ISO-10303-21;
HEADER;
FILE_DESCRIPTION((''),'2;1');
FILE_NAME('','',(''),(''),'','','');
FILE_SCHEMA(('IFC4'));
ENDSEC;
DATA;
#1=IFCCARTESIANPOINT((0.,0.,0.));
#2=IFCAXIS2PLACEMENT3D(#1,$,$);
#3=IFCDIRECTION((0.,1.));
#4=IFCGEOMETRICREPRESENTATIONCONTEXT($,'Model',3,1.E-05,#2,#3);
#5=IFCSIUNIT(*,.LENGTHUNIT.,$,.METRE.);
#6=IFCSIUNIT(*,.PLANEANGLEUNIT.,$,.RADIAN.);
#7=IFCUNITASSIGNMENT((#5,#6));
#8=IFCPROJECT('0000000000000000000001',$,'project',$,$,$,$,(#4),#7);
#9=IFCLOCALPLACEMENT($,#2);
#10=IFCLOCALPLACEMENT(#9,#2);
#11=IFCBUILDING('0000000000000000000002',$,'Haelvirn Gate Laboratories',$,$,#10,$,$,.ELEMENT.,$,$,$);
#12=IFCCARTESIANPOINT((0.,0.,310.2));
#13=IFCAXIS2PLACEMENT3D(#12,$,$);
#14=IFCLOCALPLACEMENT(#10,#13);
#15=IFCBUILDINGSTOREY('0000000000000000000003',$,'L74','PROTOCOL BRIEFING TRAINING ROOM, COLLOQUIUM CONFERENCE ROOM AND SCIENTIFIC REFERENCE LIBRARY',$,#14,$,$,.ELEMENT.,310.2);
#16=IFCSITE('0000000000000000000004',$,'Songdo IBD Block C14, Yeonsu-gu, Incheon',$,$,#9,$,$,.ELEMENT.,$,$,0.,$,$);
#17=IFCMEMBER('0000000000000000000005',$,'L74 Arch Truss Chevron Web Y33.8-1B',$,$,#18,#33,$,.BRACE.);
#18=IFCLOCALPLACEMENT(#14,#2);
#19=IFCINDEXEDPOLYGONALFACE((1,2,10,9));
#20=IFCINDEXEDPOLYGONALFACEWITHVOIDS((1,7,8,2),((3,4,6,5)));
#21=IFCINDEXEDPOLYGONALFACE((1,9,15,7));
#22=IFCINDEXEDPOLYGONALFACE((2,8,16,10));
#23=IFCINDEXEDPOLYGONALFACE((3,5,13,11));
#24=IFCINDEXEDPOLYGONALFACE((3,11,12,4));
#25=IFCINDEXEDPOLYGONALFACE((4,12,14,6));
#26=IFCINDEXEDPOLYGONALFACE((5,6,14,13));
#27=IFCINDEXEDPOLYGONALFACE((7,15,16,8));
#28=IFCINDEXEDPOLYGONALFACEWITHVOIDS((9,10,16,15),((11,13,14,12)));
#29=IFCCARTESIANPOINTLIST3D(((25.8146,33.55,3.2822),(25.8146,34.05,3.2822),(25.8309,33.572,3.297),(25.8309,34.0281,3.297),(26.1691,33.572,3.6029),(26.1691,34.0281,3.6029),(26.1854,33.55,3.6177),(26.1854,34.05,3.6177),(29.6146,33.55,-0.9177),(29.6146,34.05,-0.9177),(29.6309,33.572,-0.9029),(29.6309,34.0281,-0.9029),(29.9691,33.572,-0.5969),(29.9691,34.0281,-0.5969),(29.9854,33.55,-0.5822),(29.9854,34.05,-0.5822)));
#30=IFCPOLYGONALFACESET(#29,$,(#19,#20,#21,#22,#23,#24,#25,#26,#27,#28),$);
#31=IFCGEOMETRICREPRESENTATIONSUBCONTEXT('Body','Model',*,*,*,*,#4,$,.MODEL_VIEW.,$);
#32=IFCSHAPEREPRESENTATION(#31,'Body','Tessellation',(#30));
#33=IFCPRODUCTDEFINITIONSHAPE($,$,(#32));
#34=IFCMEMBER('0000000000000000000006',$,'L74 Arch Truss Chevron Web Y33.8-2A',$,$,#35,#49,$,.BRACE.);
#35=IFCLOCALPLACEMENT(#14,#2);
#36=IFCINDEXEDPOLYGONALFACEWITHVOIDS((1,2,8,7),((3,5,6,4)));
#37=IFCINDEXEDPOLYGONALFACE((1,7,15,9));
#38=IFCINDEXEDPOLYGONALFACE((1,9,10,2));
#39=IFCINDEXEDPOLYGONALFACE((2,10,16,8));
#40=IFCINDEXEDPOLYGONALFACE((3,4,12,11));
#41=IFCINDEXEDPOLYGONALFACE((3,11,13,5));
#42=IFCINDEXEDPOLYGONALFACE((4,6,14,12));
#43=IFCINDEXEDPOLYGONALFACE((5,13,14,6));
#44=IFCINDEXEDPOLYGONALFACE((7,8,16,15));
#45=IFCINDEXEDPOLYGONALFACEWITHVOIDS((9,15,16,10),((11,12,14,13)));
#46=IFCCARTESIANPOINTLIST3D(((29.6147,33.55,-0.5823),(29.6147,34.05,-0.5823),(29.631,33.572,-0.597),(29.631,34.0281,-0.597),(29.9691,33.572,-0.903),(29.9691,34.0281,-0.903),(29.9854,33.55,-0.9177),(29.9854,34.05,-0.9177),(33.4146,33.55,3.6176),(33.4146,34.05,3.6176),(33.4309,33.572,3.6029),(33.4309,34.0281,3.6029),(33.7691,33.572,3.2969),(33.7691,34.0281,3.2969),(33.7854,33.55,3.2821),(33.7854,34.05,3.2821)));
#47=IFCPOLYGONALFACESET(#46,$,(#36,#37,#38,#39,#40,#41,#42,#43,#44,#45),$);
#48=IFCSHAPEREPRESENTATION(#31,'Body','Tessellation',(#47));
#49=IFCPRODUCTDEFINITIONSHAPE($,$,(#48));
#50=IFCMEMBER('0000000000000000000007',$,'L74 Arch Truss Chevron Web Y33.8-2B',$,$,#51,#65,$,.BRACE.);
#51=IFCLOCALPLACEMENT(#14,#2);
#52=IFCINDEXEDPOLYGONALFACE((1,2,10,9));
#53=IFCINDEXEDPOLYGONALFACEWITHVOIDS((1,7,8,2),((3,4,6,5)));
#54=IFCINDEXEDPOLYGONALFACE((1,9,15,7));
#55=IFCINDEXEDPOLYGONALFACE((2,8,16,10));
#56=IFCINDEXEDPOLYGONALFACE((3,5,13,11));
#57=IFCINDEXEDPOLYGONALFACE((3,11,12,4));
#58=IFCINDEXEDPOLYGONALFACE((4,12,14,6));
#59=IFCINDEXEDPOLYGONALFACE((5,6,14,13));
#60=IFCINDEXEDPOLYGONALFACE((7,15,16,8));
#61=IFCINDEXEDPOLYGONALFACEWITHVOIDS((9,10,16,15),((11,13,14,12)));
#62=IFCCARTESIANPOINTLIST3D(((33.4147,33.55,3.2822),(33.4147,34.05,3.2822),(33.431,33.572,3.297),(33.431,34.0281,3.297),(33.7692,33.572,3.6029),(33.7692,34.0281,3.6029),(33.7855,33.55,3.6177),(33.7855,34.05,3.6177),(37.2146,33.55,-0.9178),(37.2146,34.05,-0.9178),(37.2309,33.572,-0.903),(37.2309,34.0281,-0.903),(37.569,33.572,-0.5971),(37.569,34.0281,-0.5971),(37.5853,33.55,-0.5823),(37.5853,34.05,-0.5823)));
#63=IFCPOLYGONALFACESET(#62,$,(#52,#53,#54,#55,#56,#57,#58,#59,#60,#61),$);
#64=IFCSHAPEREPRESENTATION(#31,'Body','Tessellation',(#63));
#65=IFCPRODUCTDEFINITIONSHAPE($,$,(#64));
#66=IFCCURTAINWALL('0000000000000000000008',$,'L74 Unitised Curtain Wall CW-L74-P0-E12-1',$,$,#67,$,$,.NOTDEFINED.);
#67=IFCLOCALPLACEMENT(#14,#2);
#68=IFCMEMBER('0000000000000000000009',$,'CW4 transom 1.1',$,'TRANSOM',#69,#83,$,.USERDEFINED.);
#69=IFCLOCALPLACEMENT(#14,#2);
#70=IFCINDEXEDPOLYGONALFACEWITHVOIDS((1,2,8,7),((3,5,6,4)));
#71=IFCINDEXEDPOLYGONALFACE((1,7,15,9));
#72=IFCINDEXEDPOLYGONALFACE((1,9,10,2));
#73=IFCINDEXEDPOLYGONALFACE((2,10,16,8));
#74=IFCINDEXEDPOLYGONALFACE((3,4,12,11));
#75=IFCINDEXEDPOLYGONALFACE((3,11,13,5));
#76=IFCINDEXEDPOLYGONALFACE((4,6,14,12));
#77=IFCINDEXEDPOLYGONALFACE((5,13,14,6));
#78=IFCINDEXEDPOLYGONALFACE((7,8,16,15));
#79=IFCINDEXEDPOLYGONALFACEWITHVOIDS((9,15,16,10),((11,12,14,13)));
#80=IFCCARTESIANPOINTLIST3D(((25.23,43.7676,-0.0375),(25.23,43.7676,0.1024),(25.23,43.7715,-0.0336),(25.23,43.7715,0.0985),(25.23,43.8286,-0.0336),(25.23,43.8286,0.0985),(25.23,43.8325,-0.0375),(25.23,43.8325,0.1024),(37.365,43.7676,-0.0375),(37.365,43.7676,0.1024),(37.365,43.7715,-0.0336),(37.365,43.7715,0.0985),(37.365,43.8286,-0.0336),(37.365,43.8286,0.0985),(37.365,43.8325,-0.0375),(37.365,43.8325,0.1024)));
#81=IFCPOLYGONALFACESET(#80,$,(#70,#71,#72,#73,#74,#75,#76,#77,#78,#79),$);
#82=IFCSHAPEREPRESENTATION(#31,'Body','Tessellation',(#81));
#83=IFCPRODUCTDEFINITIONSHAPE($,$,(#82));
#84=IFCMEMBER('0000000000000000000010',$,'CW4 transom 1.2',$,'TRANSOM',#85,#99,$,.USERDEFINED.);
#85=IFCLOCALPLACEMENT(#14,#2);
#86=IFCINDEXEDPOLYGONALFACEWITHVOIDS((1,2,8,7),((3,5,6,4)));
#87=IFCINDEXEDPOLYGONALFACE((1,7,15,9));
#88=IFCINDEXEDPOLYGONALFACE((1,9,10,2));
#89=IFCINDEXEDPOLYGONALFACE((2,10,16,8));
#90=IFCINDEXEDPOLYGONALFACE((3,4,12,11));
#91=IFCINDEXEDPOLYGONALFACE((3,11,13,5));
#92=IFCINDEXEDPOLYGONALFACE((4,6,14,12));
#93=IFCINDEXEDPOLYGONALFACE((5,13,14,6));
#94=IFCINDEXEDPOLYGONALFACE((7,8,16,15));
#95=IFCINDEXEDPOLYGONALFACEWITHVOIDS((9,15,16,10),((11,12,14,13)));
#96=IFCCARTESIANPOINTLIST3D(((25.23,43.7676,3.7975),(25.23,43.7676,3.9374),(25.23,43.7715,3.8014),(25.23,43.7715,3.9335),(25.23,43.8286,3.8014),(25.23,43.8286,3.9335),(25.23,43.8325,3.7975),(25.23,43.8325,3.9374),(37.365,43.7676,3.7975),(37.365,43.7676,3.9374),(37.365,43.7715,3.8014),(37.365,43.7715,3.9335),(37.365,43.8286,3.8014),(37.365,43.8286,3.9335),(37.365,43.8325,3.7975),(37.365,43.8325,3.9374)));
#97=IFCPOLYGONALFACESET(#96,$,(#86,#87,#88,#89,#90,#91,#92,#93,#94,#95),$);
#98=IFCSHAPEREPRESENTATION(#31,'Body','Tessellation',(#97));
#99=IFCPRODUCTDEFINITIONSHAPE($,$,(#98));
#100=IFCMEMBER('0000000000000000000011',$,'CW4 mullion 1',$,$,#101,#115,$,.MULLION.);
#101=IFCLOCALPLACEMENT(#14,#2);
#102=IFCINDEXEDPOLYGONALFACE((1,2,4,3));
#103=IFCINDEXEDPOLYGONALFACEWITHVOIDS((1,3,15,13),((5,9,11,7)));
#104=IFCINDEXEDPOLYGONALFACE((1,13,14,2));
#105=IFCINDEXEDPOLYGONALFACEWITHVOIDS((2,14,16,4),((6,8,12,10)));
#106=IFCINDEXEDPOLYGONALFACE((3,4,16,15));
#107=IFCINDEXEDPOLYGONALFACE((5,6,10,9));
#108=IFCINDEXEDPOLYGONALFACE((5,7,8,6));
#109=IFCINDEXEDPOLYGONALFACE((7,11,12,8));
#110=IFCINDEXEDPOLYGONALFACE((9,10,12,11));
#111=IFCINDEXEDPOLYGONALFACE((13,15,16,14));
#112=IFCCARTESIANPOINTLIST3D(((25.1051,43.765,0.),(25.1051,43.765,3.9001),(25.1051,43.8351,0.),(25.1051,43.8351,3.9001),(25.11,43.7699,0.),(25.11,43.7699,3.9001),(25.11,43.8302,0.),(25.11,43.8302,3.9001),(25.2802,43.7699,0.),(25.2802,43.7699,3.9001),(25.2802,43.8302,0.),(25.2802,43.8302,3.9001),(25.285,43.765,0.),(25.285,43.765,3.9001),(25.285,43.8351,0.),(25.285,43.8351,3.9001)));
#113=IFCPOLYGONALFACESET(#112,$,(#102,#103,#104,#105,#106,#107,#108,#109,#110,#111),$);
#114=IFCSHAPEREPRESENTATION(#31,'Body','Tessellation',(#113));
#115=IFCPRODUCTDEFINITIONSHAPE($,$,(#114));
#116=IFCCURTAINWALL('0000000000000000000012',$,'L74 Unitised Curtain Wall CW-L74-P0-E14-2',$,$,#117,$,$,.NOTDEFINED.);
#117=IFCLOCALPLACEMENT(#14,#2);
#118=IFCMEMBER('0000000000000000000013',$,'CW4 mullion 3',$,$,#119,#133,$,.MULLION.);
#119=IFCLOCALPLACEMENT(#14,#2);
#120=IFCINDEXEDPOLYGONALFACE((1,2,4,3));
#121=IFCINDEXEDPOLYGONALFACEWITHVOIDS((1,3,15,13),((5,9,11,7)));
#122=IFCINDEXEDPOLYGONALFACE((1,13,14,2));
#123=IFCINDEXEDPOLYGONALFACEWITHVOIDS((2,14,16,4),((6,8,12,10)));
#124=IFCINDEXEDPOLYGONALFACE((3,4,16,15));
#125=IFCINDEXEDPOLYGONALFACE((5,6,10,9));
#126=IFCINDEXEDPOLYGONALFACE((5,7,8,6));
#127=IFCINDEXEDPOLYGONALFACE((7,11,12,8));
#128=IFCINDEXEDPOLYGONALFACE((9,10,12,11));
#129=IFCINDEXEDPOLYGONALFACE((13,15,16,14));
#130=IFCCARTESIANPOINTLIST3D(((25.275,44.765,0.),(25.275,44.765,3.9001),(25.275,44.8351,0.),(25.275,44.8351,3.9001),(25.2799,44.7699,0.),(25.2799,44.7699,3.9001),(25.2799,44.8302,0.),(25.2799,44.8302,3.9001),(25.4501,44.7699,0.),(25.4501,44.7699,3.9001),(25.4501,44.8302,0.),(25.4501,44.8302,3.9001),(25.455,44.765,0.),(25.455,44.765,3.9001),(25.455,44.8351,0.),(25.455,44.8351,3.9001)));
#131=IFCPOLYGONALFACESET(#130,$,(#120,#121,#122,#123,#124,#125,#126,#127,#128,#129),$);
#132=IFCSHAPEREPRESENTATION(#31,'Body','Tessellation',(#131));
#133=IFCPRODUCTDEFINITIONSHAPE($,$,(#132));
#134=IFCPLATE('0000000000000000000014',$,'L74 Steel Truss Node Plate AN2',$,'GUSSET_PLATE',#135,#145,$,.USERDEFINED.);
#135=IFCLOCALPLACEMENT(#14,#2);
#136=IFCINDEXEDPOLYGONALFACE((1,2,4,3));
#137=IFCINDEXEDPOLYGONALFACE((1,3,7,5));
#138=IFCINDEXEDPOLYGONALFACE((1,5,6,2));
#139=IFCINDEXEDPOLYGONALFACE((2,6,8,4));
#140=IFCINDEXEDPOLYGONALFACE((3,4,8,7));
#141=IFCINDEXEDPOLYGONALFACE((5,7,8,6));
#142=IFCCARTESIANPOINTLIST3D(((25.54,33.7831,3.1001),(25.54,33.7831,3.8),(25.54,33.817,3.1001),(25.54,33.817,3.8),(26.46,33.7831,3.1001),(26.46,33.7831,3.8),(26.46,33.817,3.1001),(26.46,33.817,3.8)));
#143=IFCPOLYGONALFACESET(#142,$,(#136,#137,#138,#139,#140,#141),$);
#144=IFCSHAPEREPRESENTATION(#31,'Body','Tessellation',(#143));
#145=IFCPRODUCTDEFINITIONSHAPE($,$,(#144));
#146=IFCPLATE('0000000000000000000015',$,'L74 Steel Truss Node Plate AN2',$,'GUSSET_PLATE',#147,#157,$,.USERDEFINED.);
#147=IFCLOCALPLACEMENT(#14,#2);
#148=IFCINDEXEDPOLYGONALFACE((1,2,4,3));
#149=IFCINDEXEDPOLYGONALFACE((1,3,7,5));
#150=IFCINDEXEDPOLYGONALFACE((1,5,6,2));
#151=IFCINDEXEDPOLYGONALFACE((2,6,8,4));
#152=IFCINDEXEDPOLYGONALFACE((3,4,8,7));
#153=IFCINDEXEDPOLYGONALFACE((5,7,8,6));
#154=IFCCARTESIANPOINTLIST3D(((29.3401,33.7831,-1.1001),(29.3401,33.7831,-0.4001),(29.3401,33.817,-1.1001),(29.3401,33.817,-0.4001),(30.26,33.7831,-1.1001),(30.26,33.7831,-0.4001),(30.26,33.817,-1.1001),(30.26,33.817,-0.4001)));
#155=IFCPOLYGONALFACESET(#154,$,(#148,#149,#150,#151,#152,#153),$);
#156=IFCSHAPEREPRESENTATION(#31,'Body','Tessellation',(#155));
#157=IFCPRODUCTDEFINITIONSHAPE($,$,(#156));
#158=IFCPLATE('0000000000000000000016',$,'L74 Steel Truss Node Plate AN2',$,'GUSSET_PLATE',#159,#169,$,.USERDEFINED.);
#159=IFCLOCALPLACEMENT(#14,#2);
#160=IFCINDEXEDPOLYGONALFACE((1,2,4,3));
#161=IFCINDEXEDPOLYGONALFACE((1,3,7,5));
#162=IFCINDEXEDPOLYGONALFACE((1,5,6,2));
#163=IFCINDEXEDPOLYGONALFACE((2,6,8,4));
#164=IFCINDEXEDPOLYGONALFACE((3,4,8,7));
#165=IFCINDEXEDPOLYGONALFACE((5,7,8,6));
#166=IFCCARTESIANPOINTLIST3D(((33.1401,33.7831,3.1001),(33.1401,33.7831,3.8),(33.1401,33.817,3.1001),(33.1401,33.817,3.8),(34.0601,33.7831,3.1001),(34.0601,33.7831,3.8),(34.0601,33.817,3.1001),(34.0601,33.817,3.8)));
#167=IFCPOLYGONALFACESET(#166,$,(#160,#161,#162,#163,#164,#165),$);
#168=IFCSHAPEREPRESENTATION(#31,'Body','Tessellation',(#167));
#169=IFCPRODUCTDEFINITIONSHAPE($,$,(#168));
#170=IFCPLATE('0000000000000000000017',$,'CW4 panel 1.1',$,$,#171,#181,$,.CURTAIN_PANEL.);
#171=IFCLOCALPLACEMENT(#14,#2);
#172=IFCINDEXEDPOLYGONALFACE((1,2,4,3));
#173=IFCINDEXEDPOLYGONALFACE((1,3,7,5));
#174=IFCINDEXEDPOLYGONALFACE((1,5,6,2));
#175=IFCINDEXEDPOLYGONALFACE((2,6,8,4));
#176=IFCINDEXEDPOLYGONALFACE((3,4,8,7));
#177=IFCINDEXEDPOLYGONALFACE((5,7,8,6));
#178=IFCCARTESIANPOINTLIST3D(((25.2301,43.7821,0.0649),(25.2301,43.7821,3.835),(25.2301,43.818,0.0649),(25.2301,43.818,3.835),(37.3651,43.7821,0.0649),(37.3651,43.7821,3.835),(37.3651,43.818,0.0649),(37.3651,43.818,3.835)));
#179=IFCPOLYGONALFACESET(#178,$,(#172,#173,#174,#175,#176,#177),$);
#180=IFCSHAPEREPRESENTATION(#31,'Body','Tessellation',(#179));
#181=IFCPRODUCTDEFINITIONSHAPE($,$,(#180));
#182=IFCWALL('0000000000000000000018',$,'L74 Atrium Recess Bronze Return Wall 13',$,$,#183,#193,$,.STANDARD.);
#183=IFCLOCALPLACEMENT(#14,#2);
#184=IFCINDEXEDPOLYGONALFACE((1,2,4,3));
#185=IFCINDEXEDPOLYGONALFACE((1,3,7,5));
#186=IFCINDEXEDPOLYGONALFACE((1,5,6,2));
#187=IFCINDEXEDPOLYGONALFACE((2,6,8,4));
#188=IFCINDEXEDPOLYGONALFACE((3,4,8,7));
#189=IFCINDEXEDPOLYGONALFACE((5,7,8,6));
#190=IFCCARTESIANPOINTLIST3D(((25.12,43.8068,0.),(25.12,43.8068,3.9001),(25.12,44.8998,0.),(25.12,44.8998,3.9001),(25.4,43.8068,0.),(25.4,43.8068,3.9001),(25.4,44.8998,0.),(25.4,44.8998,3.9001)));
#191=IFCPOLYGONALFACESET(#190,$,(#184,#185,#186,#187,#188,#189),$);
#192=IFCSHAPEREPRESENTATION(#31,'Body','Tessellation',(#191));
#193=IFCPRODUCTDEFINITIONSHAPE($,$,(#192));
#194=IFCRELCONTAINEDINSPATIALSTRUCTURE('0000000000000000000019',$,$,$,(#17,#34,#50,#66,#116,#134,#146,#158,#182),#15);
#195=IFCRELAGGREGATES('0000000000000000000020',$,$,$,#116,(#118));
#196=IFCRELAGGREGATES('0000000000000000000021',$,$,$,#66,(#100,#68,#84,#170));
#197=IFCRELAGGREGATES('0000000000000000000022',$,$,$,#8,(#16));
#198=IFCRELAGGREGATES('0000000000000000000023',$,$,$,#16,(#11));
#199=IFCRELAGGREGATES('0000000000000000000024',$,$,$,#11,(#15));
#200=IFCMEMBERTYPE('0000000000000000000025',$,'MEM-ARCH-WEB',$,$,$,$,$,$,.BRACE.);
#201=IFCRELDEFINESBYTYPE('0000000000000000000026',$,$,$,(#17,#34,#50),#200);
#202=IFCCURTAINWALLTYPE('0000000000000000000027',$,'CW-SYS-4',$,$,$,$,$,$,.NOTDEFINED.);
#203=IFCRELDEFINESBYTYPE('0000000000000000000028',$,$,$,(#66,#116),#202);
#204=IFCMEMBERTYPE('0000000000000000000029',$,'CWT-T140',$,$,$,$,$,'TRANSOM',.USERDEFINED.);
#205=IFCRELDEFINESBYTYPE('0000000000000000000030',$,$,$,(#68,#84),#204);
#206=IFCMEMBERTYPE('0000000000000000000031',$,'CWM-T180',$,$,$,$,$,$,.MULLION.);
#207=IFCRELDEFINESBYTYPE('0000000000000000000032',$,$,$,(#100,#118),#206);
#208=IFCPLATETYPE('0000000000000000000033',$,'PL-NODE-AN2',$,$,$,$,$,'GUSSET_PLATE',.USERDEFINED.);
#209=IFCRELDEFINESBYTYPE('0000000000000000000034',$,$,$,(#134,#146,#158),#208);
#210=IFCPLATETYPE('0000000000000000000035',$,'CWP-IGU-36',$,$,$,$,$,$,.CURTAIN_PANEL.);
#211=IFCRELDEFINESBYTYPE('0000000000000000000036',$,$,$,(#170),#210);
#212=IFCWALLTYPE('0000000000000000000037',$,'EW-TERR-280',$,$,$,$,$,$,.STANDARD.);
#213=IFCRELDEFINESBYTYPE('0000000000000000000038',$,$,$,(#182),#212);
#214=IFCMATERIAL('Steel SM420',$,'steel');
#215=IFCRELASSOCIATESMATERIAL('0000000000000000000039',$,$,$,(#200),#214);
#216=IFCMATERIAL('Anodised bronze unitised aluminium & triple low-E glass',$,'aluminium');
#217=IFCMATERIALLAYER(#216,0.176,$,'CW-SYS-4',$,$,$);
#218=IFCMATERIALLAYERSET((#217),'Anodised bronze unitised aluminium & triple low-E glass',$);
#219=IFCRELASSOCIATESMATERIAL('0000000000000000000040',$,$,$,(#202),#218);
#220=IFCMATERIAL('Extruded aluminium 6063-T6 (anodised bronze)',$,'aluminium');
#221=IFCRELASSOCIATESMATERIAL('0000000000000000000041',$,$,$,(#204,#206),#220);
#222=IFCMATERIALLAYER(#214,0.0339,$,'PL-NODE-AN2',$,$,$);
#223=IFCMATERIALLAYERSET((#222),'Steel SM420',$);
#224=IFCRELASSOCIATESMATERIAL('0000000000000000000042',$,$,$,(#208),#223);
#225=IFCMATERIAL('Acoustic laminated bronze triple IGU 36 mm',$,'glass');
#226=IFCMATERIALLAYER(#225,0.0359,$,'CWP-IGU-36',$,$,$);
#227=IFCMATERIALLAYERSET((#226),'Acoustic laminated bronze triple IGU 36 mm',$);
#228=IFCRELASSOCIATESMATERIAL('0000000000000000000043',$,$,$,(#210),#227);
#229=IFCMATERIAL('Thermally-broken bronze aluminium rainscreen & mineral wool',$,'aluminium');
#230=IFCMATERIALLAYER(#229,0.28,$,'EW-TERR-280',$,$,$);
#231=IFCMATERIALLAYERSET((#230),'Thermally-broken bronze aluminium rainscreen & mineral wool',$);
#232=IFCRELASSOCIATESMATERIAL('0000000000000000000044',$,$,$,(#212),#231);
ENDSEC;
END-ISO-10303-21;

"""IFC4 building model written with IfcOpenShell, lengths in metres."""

from ifc_helpers import new_model, si_unit, direction, frame, frame_2d, origin, origin_2d, place, context, subcontext, project, spatial, rectangle, hollow_rectangle, extrude, source, transform, mapped, material, layer, layer_set, material_profile, profile_set, type_object, type_shapes, element, aggregate, save


model = new_model("IFC4")

# Units and contexts
model_context = context("Model", 3, precision=1e-05, world=origin(), true_north=direction((0.0, 1.0)))
body_context = subcontext(model_context, "Body", "Model", "MODEL_VIEW")
ifc_project = project(units=[si_unit("LENGTHUNIT", "METRE"), si_unit("PLANEANGLEUNIT", "RADIAN")], contexts=[model_context])

# Site, building, storey
site_placement = place(None, origin())
site = spatial("IfcSite", under=ifc_project, at=site_placement, Name="Songdo IBD Block C14, Yeonsu-gu, Incheon", CompositionType="ELEMENT", RefElevation=0.0)
building_placement = place(site_placement, origin())
building = spatial("IfcBuilding", under=site, at=building_placement, Name="Haelvirn Gate Laboratories", CompositionType="ELEMENT")
storey_placement = place(building_placement, frame((0.0, 0.0, 310.2)))
storey = spatial("IfcBuildingStorey", under=building, at=storey_placement, Name="L74", Description="PROTOCOL BRIEFING TRAINING ROOM, COLLOQUIUM CONFERENCE ROOM AND SCIENTIFIC REFERENCE LIBRARY", CompositionType="ELEMENT", Elevation=310.2)

# Shared definitions
ifc_material_1 = material(Name="Steel SM420", Category="steel")

# Members
ifc_material_profile_1 = material_profile(ifc_material_1, hollow_rectangle(XDim=0.5, YDim=0.5, WallThickness=0.022, at=origin_2d()), Name="BOX-500x500x22")
ifc_profile_set_1 = profile_set([ifc_material_profile_1], Name="Steel SM420")
member_type_1 = type_object("IfcMemberType", Name="MEM-ARCH-WEB", PredefinedType="BRACE", material=ifc_profile_set_1)
shared_shape_1 = source(origin(), body_context, "Body", "SweptSolid", [
    extrude(hollow_rectangle(XDim=0.5, YDim=0.5, WallThickness=0.022, at=origin_2d()), origin(), (0.0, 0.0, 1.0), 5.6638),
])
type_shapes(member_type_1, [shared_shape_1])
for number, where, z_axis, x_axis, name in (
    (1, (26.0, 33.8, 3.45), (0.670922, 0.0, -0.741528), (0.0, 1.0, 0.0), "L74 Arch Truss Chevron Web Y33.8-1B"),
    (2, (29.8, 33.8, -0.75), (0.670922, 0.0, 0.741528), (0.0, 1.0, 0.0), "L74 Arch Truss Chevron Web Y33.8-2A"),
    (3, (33.6001, 33.8, 3.45), (0.670899, 0.0, -0.741549), (0.0, 1.0, 0.0), "L74 Arch Truss Chevron Web Y33.8-2B"),
):
    element("IfcMember", number, at=place(storey_placement, frame(where, z_axis=z_axis, x_axis=x_axis)), inside=storey, type_object=member_type_1, Name=name, PredefinedType="BRACE", context=body_context, shape_type="MappedRepresentation", body=[
        mapped(shared_shape_1, transform((0.0, 0.0, 0.0), scale=1.0)),
    ])

# Curtain wall, members
ifc_material_2 = material(Name="Anodised bronze unitised aluminium & triple low-E glass", Category="aluminium")
ifc_layer_1 = layer(ifc_material_2, 0.176, Name="CW-SYS-4")
ifc_layer_set_1 = layer_set([ifc_layer_1], Name="Anodised bronze unitised aluminium & triple low-E glass")
curtain_wall_type = type_object("IfcCurtainWallType", Name="CW-SYS-4", PredefinedType="NOTDEFINED", material=ifc_layer_set_1)
curtain_wall_1_placement = place(storey_placement, origin())
curtain_wall_1 = element("IfcCurtainWall", 4, at=curtain_wall_1_placement, inside=storey, type_object=curtain_wall_type, Name="L74 Unitised Curtain Wall CW-L74-P0-E12-1", PredefinedType="NOTDEFINED")
ifc_material_3 = material(Name="Extruded aluminium 6063-T6 (anodised bronze)", Category="aluminium")
ifc_material_profile_2 = material_profile(ifc_material_3, hollow_rectangle(XDim=0.0649, YDim=0.1399, WallThickness=0.0039, at=origin_2d()), Name="CWT-140x65x4")
ifc_profile_set_2 = profile_set([ifc_material_profile_2], Name="Extruded aluminium 6063-T6 (anodised bronze)")
member_type_2 = type_object("IfcMemberType", Name="CWT-T140", ElementType="TRANSOM", PredefinedType="USERDEFINED", material=ifc_profile_set_2)
shared_shape_2 = source(origin(), body_context, "Body", "SweptSolid", [
    extrude(hollow_rectangle(XDim=0.0649, YDim=0.1399, WallThickness=0.0039, at=origin_2d()), origin(), (0.0, 0.0, 1.0), 12.135),
])
type_shapes(member_type_2, [shared_shape_2])
member_1_placement = place(storey_placement, frame((25.23, 43.8, 0.0325), z_axis=(1.0, 0.0, 0.0), x_axis=(0.0, 1.0, 0.0)))
member_1 = element("IfcMember", 5, at=member_1_placement, type_object=member_type_2, Name="CW4 transom 1.1", ObjectType="TRANSOM", PredefinedType="USERDEFINED", context=body_context, shape_type="MappedRepresentation", body=[
    mapped(shared_shape_2, transform((0.0, 0.0, 0.0), scale=1.0)),
])
member_2_placement = place(storey_placement, frame((25.23, 43.8, 3.8674), z_axis=(1.0, 0.0, 0.0), x_axis=(0.0, 1.0, 0.0)))
member_2 = element("IfcMember", 6, at=member_2_placement, type_object=member_type_2, Name="CW4 transom 1.2", ObjectType="TRANSOM", PredefinedType="USERDEFINED", context=body_context, shape_type="MappedRepresentation", body=[
    mapped(shared_shape_2, transform((0.0, 0.0, 0.0), scale=1.0)),
])
ifc_material_profile_3 = material_profile(ifc_material_3, hollow_rectangle(XDim=0.0701, YDim=0.1799, WallThickness=0.0049, at=origin_2d()), Name="CWM-180x70x5")
ifc_profile_set_3 = profile_set([ifc_material_profile_3], Name="Extruded aluminium 6063-T6 (anodised bronze)")
member_type_3 = type_object("IfcMemberType", Name="CWM-T180", PredefinedType="MULLION", material=ifc_profile_set_3)
shared_shape_3 = source(origin(), body_context, "Body", "SweptSolid", [
    extrude(hollow_rectangle(XDim=0.0701, YDim=0.1799, WallThickness=0.0049, at=origin_2d()), origin(), (0.0, 0.0, 1.0), 3.9001),
])
type_shapes(member_type_3, [shared_shape_3])
member_3_placement = place(storey_placement, frame((25.1951, 43.8, 0.0), z_axis=(0.0, 0.0, 1.0), x_axis=(0.0, 1.0, 0.0)))
member_3 = element("IfcMember", 7, at=member_3_placement, type_object=member_type_3, Name="CW4 mullion 1", PredefinedType="MULLION", context=body_context, shape_type="MappedRepresentation", body=[
    mapped(shared_shape_3, transform((0.0, 0.0, 0.0), scale=1.0)),
])

# Curtain wall, member
curtain_wall_2_placement = place(storey_placement, origin())
curtain_wall_2 = element("IfcCurtainWall", 8, at=curtain_wall_2_placement, inside=storey, type_object=curtain_wall_type, Name="L74 Unitised Curtain Wall CW-L74-P0-E14-2", PredefinedType="NOTDEFINED")
member_4_placement = place(storey_placement, frame((25.365, 44.8, 0.0), z_axis=(0.0, 0.0, 1.0), x_axis=(0.0, 1.0, 0.0)))
member_4 = element("IfcMember", 9, at=member_4_placement, type_object=member_type_3, Name="CW4 mullion 3", PredefinedType="MULLION", context=body_context, shape_type="MappedRepresentation", body=[
    mapped(shared_shape_3, transform((0.0, 0.0, 0.0), scale=1.0)),
])
aggregate(curtain_wall_2, [member_4])

# Plates
ifc_layer_2 = layer(ifc_material_1, 0.0339, Name="PL-NODE-AN2")
ifc_layer_set_2 = layer_set([ifc_layer_2], Name="Steel SM420")
plate_type_1 = type_object("IfcPlateType", Name="PL-NODE-AN2", ElementType="GUSSET_PLATE", PredefinedType="USERDEFINED", material=ifc_layer_set_2)
shared_shape_4 = source(origin(), body_context, "Body", "SweptSolid", [
    extrude(rectangle(XDim=0.9199, YDim=0.0339, at=origin_2d()), origin(), (0.0, 0.0, 1.0), 0.7),
])
type_shapes(plate_type_1, [shared_shape_4])
for number, where, z_axis, x_axis, name in (
    (10, (26.0, 33.8, 3.1001), (0.0, 0.0, 1.0), (1.0, 0.0, 0.0), "L74 Steel Truss Node Plate AN2"),
    (11, (29.8, 33.8, -1.1001), (0.0, 0.0, 1.0), (1.0, 0.0, 0.0), "L74 Steel Truss Node Plate AN2"),
    (12, (33.6001, 33.8, 3.1001), (0.0, 0.0, 1.0), (1.0, 0.0, 0.0), "L74 Steel Truss Node Plate AN2"),
):
    element("IfcPlate", number, at=place(storey_placement, frame(where, z_axis=z_axis, x_axis=x_axis)), inside=storey, type_object=plate_type_1, Name=name, ObjectType="GUSSET_PLATE", PredefinedType="USERDEFINED", context=body_context, shape_type="MappedRepresentation", body=[
        mapped(shared_shape_4, transform((0.0, 0.0, 0.0), scale=1.0)),
    ])

# Plate
ifc_material_4 = material(Name="Acoustic laminated bronze triple IGU 36 mm", Category="glass")
ifc_layer_3 = layer(ifc_material_4, 0.0359, Name="CWP-IGU-36")
ifc_layer_set_3 = layer_set([ifc_layer_3], Name="Acoustic laminated bronze triple IGU 36 mm")
plate_type_2 = type_object("IfcPlateType", Name="CWP-IGU-36", PredefinedType="CURTAIN_PANEL", material=ifc_layer_set_3)
shared_shape_5 = source(origin(), body_context, "Body", "SweptSolid", [
    extrude(rectangle(XDim=12.135, YDim=0.0359, at=origin_2d()), origin(), (0.0, 0.0, 1.0), 3.77),
])
type_shapes(plate_type_2, [shared_shape_5])
plate_placement = place(storey_placement, frame((31.2976, 43.8, 0.0649), z_axis=(0.0, 0.0, 1.0), x_axis=(1.0, 0.0, 0.0)))
plate = element("IfcPlate", 13, at=plate_placement, type_object=plate_type_2, Name="CW4 panel 1.1", PredefinedType="CURTAIN_PANEL", context=body_context, shape_type="MappedRepresentation", body=[
    mapped(shared_shape_5, transform((0.0, 0.0, 0.0), scale=1.0)),
])
aggregate(curtain_wall_1, [member_3, member_1, member_2, plate])

# Wall
ifc_material_5 = material(Name="Thermally-broken bronze aluminium rainscreen & mineral wool", Category="aluminium")
ifc_layer_4 = layer(ifc_material_5, 0.28, Name="EW-TERR-280")
ifc_layer_set_4 = layer_set([ifc_layer_4], Name="Thermally-broken bronze aluminium rainscreen & mineral wool")
wall_type_1 = type_object("IfcWallType", Name="EW-TERR-280", PredefinedType="STANDARD", material=ifc_layer_set_4)
wall_1_placement = place(storey_placement, frame((25.26, 43.8069, 0.0), z_axis=(0.0, 0.0, 1.0), x_axis=(0.0, 1.0, 0.0)))
element("IfcWall", 14, at=wall_1_placement, inside=storey, type_object=wall_type_1, Name="L74 Atrium Recess Bronze Return Wall 13", PredefinedType="STANDARD", context=body_context, shape_type="SweptSolid", body=[
    extrude(rectangle(XDim=1.093, YDim=0.28, at=frame_2d((0.5464, 0.0))), origin(), (0.0, 0.0, 1.0), 3.9001),
])

save(model, "model.ifc")
